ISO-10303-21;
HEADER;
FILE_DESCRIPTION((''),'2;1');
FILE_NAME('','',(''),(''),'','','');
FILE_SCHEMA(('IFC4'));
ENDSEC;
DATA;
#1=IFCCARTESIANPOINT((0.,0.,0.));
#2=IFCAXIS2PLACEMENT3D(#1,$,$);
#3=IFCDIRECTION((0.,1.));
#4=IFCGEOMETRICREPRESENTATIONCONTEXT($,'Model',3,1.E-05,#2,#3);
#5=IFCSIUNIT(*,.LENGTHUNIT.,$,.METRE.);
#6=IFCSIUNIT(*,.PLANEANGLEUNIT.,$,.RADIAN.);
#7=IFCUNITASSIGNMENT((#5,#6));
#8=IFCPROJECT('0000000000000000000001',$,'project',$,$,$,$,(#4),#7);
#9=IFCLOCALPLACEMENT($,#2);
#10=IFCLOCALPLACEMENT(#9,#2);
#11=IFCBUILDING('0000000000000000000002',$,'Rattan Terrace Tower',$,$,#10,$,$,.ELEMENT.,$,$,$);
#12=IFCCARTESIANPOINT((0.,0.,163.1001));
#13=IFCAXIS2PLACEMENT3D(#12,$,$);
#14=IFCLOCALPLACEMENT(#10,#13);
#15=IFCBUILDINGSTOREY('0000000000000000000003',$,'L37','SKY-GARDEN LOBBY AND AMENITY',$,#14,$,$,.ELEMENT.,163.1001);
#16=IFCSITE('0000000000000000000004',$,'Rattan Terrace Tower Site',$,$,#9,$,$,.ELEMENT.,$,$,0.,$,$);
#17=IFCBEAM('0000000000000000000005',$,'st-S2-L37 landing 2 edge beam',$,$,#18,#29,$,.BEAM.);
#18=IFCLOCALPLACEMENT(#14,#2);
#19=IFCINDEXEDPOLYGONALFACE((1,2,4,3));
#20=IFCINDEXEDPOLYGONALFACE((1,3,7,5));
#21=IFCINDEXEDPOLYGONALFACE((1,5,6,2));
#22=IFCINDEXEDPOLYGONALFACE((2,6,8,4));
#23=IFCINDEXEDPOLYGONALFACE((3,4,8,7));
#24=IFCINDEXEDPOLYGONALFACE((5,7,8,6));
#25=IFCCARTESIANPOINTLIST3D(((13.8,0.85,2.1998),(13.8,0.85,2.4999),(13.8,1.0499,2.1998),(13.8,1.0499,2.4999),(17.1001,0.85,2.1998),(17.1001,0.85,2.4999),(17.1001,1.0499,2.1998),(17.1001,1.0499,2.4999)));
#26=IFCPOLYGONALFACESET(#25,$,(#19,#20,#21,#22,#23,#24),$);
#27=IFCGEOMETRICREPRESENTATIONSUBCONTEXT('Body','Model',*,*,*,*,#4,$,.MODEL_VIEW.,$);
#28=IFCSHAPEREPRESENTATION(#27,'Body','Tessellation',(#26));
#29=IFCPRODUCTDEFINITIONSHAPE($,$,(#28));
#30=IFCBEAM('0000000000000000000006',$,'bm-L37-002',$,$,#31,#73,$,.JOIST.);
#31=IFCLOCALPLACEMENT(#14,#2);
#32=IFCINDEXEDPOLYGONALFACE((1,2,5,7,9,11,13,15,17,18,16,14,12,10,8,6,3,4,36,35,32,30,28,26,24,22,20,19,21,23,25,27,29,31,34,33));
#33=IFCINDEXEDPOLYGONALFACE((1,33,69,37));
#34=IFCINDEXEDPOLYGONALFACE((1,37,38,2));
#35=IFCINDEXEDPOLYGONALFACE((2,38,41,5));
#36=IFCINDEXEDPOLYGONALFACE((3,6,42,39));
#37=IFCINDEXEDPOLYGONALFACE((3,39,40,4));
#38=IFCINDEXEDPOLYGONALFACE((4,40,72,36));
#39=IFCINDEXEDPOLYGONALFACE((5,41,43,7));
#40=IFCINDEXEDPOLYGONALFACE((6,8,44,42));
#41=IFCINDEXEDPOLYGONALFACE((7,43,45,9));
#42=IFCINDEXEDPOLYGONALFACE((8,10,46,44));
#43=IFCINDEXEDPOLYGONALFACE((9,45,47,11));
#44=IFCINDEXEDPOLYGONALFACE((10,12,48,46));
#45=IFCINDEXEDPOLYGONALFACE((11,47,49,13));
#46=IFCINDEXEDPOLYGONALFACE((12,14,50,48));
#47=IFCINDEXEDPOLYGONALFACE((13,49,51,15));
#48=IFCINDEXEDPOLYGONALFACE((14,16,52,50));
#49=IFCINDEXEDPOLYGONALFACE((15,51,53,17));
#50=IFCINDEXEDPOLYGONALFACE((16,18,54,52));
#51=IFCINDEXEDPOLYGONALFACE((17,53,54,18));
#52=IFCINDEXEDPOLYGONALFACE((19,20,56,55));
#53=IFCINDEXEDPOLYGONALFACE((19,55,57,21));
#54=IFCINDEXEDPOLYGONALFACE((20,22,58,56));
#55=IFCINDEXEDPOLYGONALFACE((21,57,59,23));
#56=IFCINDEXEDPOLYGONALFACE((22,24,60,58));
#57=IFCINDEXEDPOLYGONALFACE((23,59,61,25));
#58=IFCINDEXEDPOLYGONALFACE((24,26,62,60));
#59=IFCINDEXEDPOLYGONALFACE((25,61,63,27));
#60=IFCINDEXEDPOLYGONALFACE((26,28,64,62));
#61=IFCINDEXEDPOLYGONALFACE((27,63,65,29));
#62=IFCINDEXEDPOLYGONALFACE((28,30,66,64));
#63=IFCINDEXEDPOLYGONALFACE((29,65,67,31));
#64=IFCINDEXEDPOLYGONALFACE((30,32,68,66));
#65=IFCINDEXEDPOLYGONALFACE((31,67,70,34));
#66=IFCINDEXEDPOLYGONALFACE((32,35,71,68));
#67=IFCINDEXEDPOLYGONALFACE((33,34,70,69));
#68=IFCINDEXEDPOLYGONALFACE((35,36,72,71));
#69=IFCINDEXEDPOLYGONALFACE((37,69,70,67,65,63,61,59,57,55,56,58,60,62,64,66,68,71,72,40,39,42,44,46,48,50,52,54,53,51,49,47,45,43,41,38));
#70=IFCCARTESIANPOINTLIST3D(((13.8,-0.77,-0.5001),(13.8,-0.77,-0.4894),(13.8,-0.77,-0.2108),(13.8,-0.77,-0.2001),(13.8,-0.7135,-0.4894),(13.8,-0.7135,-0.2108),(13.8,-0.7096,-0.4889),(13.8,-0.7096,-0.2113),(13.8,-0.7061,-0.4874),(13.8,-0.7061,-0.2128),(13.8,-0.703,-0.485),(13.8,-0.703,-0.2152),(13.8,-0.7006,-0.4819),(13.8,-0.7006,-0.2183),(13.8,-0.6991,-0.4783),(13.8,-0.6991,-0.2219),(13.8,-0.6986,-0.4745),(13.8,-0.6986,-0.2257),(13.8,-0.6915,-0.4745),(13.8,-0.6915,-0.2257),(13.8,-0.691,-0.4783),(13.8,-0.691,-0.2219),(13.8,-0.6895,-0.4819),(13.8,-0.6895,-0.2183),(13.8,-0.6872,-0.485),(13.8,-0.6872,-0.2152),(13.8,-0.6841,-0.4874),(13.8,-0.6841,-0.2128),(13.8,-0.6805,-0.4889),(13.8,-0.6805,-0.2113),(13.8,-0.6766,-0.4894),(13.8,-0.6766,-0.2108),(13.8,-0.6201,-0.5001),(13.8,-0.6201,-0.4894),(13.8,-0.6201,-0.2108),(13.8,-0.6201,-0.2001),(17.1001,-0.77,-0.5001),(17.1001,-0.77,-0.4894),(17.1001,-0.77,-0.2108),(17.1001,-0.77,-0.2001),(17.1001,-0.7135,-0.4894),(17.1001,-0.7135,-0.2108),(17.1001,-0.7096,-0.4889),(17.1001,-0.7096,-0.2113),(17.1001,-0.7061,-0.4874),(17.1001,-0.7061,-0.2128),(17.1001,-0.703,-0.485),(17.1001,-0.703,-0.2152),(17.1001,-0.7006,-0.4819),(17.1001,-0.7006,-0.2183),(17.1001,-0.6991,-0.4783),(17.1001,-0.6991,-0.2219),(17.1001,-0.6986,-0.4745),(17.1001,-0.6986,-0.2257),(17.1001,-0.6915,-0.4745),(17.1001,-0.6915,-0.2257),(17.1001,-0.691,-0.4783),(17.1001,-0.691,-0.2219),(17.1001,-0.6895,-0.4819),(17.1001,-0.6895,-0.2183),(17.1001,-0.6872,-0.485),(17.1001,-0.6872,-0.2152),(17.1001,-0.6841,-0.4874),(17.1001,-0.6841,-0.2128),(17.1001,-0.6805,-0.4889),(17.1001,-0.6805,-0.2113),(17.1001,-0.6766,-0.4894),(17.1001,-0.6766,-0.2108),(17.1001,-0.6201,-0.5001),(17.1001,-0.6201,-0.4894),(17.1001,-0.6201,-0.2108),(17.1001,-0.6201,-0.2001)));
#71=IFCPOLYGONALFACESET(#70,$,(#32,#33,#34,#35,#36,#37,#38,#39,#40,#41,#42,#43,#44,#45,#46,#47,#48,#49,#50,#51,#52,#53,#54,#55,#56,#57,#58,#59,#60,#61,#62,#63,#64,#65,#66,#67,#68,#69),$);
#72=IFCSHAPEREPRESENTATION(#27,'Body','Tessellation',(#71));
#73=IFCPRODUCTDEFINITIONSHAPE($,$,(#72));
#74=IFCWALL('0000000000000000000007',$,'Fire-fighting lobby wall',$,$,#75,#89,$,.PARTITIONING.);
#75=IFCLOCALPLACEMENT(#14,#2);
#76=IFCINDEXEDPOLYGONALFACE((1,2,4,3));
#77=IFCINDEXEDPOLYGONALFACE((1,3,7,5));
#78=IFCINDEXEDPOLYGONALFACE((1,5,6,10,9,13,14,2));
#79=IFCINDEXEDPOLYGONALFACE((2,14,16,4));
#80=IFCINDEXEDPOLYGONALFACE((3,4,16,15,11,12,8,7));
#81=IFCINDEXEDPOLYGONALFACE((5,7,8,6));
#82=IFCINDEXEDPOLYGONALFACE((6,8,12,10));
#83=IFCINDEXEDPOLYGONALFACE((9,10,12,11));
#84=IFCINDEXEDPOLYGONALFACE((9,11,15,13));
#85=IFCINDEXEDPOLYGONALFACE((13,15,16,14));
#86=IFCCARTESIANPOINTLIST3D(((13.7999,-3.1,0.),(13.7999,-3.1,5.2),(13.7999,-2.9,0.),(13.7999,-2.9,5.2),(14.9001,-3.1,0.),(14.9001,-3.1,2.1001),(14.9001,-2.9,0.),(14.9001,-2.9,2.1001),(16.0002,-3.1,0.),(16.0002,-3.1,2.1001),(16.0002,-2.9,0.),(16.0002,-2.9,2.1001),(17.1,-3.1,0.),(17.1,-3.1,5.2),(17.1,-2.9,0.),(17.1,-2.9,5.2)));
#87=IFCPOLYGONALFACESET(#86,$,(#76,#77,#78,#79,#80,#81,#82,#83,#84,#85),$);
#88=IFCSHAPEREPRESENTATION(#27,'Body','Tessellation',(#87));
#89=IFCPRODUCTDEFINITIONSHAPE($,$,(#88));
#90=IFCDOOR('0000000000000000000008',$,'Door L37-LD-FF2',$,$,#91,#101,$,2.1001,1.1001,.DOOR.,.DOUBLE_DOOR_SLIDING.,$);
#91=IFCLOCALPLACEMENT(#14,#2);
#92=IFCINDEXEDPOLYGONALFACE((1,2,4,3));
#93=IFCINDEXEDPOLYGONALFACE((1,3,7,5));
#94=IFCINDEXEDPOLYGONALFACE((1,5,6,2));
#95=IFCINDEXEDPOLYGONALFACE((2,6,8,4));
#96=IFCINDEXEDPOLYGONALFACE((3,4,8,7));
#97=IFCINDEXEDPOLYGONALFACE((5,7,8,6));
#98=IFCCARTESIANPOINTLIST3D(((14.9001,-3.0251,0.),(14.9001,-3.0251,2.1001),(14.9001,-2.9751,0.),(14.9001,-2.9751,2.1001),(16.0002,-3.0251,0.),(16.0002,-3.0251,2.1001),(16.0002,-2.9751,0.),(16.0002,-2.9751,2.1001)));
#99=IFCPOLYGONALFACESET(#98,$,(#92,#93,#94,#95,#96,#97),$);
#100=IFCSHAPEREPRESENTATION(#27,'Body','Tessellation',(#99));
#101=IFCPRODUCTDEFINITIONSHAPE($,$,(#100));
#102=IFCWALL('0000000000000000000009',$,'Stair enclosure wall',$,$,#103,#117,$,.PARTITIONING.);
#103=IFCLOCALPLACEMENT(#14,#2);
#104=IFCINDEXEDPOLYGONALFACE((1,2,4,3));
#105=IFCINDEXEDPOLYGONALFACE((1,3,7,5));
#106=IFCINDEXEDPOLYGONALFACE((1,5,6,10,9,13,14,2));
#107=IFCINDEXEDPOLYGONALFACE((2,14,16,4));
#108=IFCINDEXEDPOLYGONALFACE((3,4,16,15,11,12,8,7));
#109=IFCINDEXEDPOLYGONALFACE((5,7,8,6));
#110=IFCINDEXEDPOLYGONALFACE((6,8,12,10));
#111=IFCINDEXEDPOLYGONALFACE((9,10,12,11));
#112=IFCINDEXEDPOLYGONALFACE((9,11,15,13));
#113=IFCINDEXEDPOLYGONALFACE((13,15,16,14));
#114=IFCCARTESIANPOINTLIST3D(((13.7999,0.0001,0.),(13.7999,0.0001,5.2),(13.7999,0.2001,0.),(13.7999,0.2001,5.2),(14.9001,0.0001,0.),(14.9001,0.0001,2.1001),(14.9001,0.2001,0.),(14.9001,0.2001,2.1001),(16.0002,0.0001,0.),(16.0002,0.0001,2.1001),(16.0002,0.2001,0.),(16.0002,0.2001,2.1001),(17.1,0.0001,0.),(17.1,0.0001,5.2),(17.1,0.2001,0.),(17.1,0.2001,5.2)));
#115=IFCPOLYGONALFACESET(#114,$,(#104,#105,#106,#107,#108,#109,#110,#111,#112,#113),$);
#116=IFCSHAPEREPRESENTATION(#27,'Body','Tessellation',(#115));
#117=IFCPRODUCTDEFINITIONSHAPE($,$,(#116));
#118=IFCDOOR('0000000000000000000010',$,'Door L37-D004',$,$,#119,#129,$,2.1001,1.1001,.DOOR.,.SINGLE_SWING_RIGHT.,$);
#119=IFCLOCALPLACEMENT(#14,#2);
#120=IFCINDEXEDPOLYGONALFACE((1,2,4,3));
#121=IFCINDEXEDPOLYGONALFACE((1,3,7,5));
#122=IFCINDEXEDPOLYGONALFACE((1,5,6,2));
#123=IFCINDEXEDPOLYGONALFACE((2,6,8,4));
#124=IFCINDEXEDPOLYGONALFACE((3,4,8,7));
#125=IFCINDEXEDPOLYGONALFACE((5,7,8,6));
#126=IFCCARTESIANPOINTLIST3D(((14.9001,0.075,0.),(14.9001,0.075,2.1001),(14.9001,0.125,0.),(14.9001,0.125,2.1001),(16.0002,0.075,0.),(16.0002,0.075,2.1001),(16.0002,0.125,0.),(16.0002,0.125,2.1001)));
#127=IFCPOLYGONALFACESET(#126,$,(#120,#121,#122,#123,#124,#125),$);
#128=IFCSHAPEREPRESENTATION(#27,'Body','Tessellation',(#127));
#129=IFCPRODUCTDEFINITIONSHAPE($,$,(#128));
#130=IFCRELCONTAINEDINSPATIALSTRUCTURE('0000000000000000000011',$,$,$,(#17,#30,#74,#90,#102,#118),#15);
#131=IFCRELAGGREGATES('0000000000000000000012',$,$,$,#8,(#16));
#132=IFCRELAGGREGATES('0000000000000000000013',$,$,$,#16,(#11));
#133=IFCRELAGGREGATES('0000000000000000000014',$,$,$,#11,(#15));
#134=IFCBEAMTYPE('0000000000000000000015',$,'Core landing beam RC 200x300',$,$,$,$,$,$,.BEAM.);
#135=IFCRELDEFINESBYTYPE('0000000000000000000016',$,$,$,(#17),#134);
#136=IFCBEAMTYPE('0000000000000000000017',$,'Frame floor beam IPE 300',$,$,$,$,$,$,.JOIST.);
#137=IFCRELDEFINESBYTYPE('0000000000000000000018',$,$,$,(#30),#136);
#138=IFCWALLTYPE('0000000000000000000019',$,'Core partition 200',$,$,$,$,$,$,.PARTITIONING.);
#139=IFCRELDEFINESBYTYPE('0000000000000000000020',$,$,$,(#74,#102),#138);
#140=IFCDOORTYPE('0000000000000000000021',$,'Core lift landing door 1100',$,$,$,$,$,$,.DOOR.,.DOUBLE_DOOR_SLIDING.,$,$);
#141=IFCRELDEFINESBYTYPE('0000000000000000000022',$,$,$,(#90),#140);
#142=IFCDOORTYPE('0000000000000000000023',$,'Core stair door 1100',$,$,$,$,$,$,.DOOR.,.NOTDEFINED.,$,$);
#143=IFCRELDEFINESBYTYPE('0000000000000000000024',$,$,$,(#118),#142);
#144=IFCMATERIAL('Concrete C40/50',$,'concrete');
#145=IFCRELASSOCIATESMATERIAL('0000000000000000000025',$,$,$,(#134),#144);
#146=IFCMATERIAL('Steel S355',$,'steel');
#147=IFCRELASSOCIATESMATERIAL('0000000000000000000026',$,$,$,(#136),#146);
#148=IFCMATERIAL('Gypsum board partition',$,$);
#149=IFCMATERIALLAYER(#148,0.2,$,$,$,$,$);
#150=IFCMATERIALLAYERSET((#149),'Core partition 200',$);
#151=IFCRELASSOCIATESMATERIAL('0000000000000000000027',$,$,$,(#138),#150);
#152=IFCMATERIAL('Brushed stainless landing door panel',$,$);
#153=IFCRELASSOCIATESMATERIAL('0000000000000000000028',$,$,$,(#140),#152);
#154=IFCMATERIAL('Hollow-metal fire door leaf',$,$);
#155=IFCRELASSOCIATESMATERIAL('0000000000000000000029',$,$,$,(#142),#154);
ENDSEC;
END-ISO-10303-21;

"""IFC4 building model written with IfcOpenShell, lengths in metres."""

from ifc_helpers import new_model, si_unit, direction, frame, frame_2d, origin, origin_2d, place, context, subcontext, project, spatial, rectangle, i_section, extrude, material, layer, layer_set, material_profile, profile_set, type_object, element, fill, save


model = new_model("IFC4")

# Units and contexts
model_context = context("Model", 3, precision=1e-05, world=origin(), true_north=direction((0.0, 1.0)))
body_context = subcontext(model_context, "Body", "Model", "MODEL_VIEW")
ifc_project = project(units=[si_unit("LENGTHUNIT", "METRE"), si_unit("PLANEANGLEUNIT", "RADIAN")], contexts=[model_context])

# Site, building, storey
site_placement = place(None, origin())
site = spatial("IfcSite", under=ifc_project, at=site_placement, Name="Rattan Terrace Tower Site", CompositionType="ELEMENT", RefElevation=0.0)
building_placement = place(site_placement, origin())
building = spatial("IfcBuilding", under=site, at=building_placement, Name="Rattan Terrace Tower", CompositionType="ELEMENT")
storey_placement = place(building_placement, frame((0.0, 0.0, 163.1001)))
storey = spatial("IfcBuildingStorey", under=building, at=storey_placement, Name="L37", Description="SKY-GARDEN LOBBY AND AMENITY", CompositionType="ELEMENT", Elevation=163.1001)

# Beams
ifc_material_1 = material(Name="Concrete C40/50", Category="concrete")
ifc_material_profile_1 = material_profile(ifc_material_1, rectangle(XDim=0.2, YDim=0.3, at=origin_2d()), Name="RC 200x300")
ifc_profile_set_1 = profile_set([ifc_material_profile_1], Name="Concrete C40/50")
beam_type_1 = type_object("IfcBeamType", Name="Core landing beam RC 200x300", PredefinedType="BEAM", material=ifc_profile_set_1)
beam_1_placement = place(storey_placement, frame((13.8, 0.95, 2.3499), z_axis=(1.0, 0.0, 0.0), x_axis=(0.0, 1.0, 0.0)))
element("IfcBeam", 1, at=beam_1_placement, inside=storey, type_object=beam_type_1, Name="st-S2-L37 landing 2 edge beam", PredefinedType="BEAM", context=body_context, shape_type="SweptSolid", body=[
    extrude(rectangle(XDim=0.2, YDim=0.3, at=origin_2d()), origin(), (0.0, 0.0, 1.0), 3.3),
])
ifc_material_2 = material(Name="Steel S355", Category="steel")
ifc_material_profile_2 = material_profile(ifc_material_2, i_section(OverallWidth=0.1499, OverallDepth=0.3, WebThickness=0.0071, FlangeThickness=0.0107, FilletRadius=0.0149, at=origin_2d()), Name="IPE 300")
ifc_profile_set_2 = profile_set([ifc_material_profile_2], Name="Steel S355")
beam_type_2 = type_object("IfcBeamType", Name="Frame floor beam IPE 300", PredefinedType="JOIST", material=ifc_profile_set_2)
beam_2_placement = place(storey_placement, frame((13.8, -0.6951, -0.3501), z_axis=(1.0, 0.0, 0.0), x_axis=(0.0, 1.0, 0.0)))
element("IfcBeam", 2, at=beam_2_placement, inside=storey, type_object=beam_type_2, Name="bm-L37-002", PredefinedType="JOIST", context=body_context, shape_type="SweptSolid", body=[
    extrude(i_section(OverallWidth=0.1499, OverallDepth=0.3, WebThickness=0.0071, FlangeThickness=0.0107, FilletRadius=0.0149, at=origin_2d()), origin(), (0.0, 0.0, 1.0), 3.3),
])

# Walls, openings, doors
ifc_material_3 = material(Name="Gypsum board partition")
ifc_layer_1 = layer(ifc_material_3, 0.2)
ifc_layer_set_1 = layer_set([ifc_layer_1], Name="Core partition 200")
wall_type_1 = type_object("IfcWallType", Name="Core partition 200", PredefinedType="PARTITIONING", material=ifc_layer_set_1)
wall_1_placement = place(storey_placement, frame((13.8, -3.0, 0.0), z_axis=(0.0, 0.0, 1.0), x_axis=(1.0, 0.0, 0.0)))
wall_1 = element("IfcWall", 3, at=wall_1_placement, inside=storey, type_object=wall_type_1, Name="Fire-fighting lobby wall", PredefinedType="PARTITIONING", context=body_context, shape_type="SweptSolid", body=[
    extrude(rectangle(XDim=3.3, YDim=0.2, at=frame_2d((1.6499, 0.0))), origin(), (0.0, 0.0, 1.0), 5.2),
])
opening_1_placement = place(wall_1_placement, frame((1.1001, 0.0, 0.0)))
opening_1 = element("IfcOpeningElement", 4, at=opening_1_placement, cuts=wall_1, PredefinedType="OPENING", context=body_context, shape_type="SweptSolid", body=[
    extrude(rectangle(XDim=1.1001, YDim=2.1001, at=frame_2d((0.55, 1.05))), frame((0.0, 0.1106, 0.0), z_axis=(0.0, -1.0, 0.0), x_axis=(1.0, 0.0, 0.0)), (0.0, 0.0, 1.0), 0.2209),
])
ifc_material_4 = material(Name="Brushed stainless landing door panel")
door_type_1 = type_object("IfcDoorType", Name="Core lift landing door 1100", OperationType="DOUBLE_DOOR_SLIDING", PredefinedType="DOOR", material=ifc_material_4)
door_1_placement = place(opening_1_placement, origin())
door_1 = element("IfcDoor", 5, at=door_1_placement, inside=storey, type_object=door_type_1, Name="Door L37-LD-FF2", OperationType="DOUBLE_DOOR_SLIDING", OverallHeight=2.1001, OverallWidth=1.1001, PredefinedType="DOOR", context=body_context, shape_type="SweptSolid", body=[
    extrude(rectangle(XDim=1.1001, YDim=2.1001, at=frame_2d((0.55, 1.05))), frame((0.0, 0.0249, 0.0), z_axis=(0.0, -1.0, 0.0), x_axis=(1.0, 0.0, 0.0)), (0.0, 0.0, 1.0), 0.05),
])
fill(opening_1, door_1)
wall_2_placement = place(storey_placement, frame((13.8, 0.1001, 0.0), z_axis=(0.0, 0.0, 1.0), x_axis=(1.0, 0.0, 0.0)))
wall_2 = element("IfcWall", 6, at=wall_2_placement, inside=storey, type_object=wall_type_1, Name="Stair enclosure wall", PredefinedType="PARTITIONING", context=body_context, shape_type="SweptSolid", body=[
    extrude(rectangle(XDim=3.3, YDim=0.2, at=frame_2d((1.6499, 0.0))), origin(), (0.0, 0.0, 1.0), 5.2),
])
opening_2_placement = place(wall_2_placement, frame((1.1001, 0.0, 0.0)))
opening_2 = element("IfcOpeningElement", 7, at=opening_2_placement, cuts=wall_2, PredefinedType="OPENING", context=body_context, shape_type="SweptSolid", body=[
    extrude(rectangle(XDim=1.1001, YDim=2.1001, at=frame_2d((0.55, 1.05))), frame((0.0, 0.1106, 0.0), z_axis=(0.0, -1.0, 0.0), x_axis=(1.0, 0.0, 0.0)), (0.0, 0.0, 1.0), 0.2209),
])
ifc_material_5 = material(Name="Hollow-metal fire door leaf")
door_type_2 = type_object("IfcDoorType", Name="Core stair door 1100", OperationType="NOTDEFINED", PredefinedType="DOOR", material=ifc_material_5)
door_2_placement = place(opening_2_placement, origin())
door_2 = element("IfcDoor", 8, at=door_2_placement, inside=storey, type_object=door_type_2, Name="Door L37-D004", OperationType="SINGLE_SWING_RIGHT", OverallHeight=2.1001, OverallWidth=1.1001, PredefinedType="DOOR", context=body_context, shape_type="SweptSolid", body=[
    extrude(rectangle(XDim=1.1001, YDim=2.1001, at=frame_2d((0.55, 1.05))), frame((0.0, 0.0249, 0.0), z_axis=(0.0, -1.0, 0.0), x_axis=(1.0, 0.0, 0.0)), (0.0, 0.0, 1.0), 0.05),
])
fill(opening_2, door_2)

save(model, "model.ifc")
